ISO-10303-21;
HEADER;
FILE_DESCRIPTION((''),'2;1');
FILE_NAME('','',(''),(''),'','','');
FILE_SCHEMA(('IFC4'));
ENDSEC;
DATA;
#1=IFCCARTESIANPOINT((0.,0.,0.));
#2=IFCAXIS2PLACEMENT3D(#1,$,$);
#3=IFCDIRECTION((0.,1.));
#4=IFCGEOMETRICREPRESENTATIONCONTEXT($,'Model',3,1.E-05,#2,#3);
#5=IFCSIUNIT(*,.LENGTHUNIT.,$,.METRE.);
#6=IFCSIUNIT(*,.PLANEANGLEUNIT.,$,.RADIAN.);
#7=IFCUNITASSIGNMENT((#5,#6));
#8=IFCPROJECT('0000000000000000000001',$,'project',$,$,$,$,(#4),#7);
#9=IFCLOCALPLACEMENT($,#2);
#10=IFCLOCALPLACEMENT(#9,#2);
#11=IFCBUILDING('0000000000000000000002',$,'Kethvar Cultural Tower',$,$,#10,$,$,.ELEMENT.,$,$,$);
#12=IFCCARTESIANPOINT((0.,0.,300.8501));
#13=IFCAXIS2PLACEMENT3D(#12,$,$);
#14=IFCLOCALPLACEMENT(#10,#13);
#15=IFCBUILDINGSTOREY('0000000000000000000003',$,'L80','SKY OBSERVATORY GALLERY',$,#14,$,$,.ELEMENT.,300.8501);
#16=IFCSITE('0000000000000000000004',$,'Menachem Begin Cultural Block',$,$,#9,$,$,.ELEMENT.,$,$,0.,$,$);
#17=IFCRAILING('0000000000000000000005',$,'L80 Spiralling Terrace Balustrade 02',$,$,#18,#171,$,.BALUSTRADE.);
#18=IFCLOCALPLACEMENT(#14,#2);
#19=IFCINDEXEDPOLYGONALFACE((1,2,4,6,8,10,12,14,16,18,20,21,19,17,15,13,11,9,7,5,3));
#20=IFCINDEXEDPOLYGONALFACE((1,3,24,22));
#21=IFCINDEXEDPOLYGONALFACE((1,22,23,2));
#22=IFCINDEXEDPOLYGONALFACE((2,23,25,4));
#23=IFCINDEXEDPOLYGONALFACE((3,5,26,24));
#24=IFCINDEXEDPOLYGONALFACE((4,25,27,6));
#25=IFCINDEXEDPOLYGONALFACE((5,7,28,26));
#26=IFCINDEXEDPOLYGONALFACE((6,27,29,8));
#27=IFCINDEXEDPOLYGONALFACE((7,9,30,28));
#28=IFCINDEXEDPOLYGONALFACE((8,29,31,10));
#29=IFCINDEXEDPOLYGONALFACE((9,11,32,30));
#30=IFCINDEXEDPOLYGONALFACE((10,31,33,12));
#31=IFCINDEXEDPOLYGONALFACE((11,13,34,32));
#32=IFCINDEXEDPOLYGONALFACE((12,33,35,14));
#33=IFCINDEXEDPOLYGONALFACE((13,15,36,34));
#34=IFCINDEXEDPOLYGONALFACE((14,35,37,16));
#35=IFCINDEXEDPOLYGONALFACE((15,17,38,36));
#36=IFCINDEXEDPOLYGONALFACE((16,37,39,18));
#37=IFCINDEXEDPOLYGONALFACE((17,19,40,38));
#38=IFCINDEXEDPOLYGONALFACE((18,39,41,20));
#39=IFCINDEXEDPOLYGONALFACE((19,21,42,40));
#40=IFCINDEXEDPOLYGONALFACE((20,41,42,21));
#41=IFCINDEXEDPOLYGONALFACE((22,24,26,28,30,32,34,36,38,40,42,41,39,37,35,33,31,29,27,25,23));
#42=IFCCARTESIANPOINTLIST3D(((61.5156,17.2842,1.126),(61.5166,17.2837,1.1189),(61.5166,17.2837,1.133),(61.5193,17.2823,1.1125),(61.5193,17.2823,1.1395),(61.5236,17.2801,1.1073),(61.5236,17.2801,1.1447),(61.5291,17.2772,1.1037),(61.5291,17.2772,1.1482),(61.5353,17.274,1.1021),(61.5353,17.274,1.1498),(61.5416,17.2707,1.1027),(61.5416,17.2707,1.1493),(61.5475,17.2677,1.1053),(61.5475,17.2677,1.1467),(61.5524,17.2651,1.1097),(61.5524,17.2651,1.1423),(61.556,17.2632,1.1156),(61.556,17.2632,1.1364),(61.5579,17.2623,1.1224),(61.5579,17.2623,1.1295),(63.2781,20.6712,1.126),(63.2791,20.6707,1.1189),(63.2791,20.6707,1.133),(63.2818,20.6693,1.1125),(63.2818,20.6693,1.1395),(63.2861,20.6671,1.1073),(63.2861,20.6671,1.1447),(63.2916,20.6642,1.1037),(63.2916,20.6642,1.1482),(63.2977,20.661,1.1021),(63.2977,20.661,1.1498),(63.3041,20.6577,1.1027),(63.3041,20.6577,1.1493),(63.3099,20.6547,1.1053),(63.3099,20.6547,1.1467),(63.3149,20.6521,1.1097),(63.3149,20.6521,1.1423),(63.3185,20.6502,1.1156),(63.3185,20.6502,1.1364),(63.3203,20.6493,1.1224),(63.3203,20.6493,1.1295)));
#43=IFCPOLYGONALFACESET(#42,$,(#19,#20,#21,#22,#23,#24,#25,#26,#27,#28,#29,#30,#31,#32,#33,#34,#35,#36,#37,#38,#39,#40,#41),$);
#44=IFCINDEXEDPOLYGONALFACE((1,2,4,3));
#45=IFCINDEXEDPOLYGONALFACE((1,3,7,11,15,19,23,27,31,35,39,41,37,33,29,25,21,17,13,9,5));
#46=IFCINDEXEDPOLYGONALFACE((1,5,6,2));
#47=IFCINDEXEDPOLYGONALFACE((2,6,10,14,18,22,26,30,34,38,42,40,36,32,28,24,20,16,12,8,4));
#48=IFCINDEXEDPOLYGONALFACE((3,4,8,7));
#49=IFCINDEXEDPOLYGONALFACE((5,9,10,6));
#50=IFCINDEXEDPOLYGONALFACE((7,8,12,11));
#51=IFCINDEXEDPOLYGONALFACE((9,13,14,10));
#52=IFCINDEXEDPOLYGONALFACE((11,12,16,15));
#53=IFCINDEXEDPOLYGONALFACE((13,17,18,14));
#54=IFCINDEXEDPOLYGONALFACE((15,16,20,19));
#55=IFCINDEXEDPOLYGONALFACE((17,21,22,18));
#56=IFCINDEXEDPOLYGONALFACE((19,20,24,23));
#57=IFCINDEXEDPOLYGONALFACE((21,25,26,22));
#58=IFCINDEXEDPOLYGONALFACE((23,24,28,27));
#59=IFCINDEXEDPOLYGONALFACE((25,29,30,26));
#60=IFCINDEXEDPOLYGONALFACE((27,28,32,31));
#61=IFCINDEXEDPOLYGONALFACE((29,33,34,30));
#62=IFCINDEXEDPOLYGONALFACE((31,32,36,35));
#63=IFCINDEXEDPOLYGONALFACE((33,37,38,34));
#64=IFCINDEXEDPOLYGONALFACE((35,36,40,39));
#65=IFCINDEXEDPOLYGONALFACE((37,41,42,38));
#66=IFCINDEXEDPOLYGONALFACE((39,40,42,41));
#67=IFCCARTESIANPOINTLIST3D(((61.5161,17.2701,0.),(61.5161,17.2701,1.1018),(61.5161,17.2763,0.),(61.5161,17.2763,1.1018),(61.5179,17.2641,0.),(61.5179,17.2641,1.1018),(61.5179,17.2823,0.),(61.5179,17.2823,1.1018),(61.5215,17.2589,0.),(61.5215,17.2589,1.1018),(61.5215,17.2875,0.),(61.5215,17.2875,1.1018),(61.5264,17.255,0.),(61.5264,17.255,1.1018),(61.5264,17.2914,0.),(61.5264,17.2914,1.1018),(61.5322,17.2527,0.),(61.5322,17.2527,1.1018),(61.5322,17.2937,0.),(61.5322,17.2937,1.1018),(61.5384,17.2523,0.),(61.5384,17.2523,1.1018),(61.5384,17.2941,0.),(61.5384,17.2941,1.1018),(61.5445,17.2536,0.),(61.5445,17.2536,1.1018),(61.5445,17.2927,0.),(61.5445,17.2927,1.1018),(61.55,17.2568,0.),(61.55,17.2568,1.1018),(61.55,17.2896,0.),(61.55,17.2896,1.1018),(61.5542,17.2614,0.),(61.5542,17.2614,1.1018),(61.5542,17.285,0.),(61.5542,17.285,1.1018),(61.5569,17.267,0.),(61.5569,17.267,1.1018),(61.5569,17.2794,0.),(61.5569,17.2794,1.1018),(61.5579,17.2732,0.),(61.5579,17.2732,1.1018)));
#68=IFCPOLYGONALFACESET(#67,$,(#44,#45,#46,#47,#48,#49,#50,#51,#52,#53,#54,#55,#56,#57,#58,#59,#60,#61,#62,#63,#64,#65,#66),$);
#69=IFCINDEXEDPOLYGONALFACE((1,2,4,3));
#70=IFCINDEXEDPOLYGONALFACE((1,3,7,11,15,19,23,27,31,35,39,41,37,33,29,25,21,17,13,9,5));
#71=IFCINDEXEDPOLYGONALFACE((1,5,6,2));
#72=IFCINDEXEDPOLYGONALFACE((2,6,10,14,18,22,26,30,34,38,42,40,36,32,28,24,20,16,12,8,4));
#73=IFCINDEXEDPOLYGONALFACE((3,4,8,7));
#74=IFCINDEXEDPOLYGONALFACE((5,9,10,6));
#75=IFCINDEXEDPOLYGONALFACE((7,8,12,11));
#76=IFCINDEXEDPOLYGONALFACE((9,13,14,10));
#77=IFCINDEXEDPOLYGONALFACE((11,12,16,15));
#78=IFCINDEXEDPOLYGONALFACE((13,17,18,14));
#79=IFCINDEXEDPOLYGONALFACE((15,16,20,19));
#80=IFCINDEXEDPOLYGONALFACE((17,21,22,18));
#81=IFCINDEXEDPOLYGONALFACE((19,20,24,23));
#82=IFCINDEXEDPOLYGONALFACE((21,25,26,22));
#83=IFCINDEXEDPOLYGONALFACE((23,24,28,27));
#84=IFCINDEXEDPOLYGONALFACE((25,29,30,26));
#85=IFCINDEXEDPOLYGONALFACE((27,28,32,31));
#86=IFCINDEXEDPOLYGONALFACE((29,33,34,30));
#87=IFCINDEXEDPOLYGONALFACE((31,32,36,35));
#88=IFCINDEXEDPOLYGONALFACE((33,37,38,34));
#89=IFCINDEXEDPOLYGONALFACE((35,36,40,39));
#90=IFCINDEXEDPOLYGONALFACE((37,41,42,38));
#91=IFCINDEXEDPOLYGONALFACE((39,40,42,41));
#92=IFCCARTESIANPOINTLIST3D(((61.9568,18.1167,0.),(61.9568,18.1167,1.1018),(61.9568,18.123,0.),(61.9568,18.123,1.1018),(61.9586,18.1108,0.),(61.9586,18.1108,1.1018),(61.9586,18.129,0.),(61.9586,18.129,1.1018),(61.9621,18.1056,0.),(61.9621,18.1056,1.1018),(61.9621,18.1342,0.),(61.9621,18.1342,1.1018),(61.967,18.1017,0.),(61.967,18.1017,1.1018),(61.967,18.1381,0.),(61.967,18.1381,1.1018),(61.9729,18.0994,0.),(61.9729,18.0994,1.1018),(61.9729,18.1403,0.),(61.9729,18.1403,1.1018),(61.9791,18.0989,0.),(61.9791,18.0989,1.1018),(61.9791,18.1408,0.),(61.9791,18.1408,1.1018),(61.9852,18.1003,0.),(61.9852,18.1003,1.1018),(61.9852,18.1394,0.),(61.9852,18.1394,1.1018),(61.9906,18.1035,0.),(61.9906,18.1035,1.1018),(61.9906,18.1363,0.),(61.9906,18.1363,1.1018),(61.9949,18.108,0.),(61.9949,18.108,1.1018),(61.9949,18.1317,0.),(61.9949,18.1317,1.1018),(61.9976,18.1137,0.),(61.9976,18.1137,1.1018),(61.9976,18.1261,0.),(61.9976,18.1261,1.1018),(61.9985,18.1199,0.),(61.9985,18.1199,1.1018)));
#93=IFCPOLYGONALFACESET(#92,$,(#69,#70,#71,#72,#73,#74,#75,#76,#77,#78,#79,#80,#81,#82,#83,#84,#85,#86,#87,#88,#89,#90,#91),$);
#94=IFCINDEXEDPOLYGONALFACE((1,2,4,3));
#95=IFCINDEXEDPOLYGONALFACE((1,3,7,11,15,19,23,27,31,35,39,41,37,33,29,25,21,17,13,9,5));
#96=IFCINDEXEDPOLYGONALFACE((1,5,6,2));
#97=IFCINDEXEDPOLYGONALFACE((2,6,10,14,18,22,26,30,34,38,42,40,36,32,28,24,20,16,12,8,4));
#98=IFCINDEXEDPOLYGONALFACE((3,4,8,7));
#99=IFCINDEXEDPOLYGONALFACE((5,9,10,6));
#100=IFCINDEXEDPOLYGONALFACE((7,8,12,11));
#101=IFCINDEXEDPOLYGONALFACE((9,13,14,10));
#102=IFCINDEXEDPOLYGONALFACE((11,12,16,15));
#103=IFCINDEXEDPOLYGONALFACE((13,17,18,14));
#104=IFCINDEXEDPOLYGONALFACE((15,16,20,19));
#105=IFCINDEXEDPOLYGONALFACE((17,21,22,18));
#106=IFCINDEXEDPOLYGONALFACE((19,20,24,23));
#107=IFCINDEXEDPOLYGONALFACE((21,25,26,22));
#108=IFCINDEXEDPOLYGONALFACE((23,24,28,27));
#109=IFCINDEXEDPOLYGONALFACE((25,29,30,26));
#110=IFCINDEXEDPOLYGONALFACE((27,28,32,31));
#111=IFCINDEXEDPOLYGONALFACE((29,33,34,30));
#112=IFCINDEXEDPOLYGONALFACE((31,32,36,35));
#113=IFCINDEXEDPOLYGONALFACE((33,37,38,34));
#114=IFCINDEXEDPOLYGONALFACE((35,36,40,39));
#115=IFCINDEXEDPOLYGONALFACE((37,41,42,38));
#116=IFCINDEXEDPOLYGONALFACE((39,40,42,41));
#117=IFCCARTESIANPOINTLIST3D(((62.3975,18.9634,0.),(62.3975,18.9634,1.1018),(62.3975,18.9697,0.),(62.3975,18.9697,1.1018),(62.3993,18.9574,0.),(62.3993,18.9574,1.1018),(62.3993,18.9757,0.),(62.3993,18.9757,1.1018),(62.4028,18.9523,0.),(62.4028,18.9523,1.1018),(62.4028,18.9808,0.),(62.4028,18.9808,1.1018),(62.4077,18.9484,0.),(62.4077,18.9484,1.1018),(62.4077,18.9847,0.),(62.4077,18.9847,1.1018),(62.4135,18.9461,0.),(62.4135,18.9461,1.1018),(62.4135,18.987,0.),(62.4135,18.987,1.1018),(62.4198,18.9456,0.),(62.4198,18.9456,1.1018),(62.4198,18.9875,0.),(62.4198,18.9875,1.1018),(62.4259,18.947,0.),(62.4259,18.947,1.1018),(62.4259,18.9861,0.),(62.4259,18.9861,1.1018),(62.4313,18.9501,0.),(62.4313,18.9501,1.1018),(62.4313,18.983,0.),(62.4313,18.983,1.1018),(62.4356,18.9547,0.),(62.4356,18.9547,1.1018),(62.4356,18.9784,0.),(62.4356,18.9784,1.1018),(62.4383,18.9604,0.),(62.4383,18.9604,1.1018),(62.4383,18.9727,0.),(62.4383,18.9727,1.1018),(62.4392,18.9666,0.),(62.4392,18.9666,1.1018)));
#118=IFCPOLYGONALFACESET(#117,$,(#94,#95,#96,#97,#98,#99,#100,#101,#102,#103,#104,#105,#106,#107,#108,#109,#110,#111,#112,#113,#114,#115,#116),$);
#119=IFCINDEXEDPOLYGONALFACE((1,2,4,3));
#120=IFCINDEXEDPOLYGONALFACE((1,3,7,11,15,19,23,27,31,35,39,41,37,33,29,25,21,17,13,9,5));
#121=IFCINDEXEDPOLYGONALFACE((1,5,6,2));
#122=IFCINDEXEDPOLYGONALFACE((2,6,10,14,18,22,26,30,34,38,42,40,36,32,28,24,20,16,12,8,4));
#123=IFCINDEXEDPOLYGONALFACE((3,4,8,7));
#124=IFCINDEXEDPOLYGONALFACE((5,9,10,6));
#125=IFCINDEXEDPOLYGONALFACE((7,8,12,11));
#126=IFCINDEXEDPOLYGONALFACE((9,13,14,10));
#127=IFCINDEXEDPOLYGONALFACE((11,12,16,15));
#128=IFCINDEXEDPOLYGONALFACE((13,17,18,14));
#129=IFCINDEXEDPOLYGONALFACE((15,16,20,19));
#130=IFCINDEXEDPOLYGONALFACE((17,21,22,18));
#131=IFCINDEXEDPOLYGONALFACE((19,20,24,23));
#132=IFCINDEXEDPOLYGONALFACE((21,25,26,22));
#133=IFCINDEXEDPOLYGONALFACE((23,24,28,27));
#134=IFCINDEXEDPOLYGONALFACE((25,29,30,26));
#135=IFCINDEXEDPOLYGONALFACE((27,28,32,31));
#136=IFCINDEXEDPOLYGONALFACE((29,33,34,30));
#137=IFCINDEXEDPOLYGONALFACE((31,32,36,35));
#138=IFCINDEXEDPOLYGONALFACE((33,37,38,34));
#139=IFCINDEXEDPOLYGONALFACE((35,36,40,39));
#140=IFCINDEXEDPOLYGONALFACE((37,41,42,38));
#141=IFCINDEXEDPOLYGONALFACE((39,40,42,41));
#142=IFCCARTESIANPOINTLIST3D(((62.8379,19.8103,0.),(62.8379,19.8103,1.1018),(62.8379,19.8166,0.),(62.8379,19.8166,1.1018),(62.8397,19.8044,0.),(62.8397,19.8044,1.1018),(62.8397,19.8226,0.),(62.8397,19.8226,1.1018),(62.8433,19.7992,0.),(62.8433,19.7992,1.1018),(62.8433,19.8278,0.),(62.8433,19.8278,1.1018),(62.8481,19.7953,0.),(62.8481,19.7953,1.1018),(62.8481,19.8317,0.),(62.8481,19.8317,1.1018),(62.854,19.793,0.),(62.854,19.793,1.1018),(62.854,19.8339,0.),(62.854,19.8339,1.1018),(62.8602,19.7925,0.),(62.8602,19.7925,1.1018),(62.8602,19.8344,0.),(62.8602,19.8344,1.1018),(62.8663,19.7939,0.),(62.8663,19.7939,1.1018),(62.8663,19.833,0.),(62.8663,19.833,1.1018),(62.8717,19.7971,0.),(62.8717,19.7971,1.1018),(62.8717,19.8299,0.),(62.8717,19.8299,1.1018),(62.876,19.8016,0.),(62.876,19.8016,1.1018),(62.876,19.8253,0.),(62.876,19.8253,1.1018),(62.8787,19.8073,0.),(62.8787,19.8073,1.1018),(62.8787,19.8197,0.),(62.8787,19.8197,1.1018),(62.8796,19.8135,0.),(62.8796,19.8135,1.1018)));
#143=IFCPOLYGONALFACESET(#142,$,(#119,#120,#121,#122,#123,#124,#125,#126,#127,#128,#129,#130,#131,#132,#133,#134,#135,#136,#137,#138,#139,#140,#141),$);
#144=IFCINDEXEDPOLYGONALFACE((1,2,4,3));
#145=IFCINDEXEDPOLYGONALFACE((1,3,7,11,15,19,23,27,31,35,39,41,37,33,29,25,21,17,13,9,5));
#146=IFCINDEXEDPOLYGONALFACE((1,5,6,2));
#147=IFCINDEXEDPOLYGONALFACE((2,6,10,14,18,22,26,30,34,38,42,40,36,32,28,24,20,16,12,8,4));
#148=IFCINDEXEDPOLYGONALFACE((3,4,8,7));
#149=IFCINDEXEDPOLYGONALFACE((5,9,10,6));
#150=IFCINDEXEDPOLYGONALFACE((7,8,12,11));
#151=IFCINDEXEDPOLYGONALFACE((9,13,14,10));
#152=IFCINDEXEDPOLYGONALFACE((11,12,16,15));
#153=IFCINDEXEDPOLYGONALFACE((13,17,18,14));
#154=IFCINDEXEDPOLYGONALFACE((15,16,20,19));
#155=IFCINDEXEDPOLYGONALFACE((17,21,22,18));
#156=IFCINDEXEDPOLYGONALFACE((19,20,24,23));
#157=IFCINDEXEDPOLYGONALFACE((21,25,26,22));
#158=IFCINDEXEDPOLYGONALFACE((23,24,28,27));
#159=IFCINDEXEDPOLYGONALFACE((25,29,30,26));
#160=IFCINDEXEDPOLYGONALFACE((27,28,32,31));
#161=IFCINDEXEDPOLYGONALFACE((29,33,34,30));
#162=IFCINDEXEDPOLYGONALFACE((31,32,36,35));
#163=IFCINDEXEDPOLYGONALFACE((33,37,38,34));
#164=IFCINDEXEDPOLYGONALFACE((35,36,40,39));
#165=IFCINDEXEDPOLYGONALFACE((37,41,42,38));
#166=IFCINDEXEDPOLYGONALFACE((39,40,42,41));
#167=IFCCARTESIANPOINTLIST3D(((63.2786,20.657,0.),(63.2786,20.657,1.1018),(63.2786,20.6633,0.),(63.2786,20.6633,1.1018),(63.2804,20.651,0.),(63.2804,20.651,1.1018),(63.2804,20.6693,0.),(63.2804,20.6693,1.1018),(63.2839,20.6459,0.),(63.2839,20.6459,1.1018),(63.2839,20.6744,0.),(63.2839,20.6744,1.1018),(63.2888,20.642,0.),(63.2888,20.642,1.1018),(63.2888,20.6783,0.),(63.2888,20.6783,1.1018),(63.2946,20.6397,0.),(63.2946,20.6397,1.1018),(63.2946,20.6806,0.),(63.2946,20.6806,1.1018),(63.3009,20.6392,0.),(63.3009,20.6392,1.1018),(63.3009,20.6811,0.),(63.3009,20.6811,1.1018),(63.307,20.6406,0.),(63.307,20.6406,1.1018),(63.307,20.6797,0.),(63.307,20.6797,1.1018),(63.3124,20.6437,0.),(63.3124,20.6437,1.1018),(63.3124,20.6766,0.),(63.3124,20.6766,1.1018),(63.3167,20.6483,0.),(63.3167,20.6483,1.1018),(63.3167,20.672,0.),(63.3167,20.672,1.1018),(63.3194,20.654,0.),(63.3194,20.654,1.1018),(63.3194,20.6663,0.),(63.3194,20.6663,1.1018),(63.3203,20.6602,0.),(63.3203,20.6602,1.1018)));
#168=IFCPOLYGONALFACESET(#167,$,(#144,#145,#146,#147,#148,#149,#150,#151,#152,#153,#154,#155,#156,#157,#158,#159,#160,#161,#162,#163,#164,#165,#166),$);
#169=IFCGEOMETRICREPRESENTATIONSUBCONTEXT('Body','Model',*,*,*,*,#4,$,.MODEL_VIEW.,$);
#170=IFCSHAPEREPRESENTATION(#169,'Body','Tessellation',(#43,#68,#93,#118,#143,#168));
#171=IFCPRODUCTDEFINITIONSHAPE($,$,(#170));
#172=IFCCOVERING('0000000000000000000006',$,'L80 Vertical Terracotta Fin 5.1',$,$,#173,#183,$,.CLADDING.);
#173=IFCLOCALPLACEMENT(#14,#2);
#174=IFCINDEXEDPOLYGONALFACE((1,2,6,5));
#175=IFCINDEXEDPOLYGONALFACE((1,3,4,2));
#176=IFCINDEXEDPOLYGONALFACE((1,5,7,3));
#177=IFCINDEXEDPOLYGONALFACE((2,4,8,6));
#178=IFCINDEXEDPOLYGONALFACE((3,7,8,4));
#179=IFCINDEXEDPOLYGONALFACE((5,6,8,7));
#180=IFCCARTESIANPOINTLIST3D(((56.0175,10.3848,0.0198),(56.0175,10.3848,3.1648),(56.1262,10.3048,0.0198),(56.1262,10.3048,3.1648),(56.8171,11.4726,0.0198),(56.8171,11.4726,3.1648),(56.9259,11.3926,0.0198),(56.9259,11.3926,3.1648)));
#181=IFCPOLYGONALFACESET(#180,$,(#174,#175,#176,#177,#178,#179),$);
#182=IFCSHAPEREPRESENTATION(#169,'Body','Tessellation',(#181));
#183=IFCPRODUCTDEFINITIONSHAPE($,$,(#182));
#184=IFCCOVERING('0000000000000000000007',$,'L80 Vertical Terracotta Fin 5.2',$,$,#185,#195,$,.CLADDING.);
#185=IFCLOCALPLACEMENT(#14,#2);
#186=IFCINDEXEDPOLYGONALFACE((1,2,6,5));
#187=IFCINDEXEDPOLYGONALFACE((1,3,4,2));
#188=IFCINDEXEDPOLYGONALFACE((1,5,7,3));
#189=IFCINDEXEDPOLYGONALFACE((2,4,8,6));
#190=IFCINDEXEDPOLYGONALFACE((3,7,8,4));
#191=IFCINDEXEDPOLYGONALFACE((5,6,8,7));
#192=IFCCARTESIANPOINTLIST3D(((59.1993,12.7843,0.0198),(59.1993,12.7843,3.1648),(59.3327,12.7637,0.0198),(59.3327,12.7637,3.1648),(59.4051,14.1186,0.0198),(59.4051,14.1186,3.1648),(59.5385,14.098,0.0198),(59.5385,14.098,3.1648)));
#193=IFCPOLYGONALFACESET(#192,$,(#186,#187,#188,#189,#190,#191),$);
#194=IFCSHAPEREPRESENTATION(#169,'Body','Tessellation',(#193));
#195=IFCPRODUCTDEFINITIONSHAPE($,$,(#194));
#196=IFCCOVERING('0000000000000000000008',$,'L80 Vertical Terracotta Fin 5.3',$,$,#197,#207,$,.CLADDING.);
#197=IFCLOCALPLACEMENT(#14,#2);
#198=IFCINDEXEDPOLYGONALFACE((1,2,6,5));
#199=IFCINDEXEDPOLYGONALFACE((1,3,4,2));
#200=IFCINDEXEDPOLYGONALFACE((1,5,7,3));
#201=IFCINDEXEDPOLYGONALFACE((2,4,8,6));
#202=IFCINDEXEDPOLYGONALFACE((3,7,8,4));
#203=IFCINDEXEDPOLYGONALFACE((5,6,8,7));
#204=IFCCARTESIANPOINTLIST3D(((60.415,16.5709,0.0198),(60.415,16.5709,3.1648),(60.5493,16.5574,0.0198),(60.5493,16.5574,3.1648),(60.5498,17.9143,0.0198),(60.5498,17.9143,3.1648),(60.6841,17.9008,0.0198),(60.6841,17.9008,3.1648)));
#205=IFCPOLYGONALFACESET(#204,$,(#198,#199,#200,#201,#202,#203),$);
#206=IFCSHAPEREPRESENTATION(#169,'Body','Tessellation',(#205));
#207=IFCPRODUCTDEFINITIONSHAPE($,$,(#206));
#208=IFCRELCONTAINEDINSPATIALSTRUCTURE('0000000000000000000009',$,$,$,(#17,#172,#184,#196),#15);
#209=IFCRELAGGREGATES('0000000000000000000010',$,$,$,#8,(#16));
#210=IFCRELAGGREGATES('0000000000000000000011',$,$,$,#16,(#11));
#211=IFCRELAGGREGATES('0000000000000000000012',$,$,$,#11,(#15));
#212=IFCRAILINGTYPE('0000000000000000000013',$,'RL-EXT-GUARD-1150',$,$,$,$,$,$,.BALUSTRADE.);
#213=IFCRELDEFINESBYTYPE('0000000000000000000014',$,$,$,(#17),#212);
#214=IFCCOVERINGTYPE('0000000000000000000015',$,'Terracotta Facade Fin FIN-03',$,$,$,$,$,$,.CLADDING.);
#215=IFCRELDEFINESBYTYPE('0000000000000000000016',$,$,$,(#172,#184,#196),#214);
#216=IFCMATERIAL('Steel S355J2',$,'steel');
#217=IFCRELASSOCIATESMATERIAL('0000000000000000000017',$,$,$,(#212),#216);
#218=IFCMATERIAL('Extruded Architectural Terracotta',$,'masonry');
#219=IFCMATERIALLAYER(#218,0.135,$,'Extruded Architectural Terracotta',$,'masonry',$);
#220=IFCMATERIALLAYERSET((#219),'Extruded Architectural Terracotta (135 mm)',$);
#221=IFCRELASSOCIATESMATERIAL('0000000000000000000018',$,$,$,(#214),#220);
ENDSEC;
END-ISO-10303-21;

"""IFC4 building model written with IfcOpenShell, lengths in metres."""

from ifc_helpers import new_model, si_unit, direction, frame, origin, origin_2d, place, context, subcontext, project, spatial, rectangle, circle, extrude, source, transform, mapped, material, layer, layer_set, type_object, element, save


model = new_model("IFC4")

# Units and contexts
model_context = context("Model", 3, precision=1e-05, world=origin(), true_north=direction((0.0, 1.0)))
body_context = subcontext(model_context, "Body", "Model", "MODEL_VIEW")
ifc_project = project(units=[si_unit("LENGTHUNIT", "METRE"), si_unit("PLANEANGLEUNIT", "RADIAN")], contexts=[model_context])

# Site, building, storey
site_placement = place(None, origin())
site = spatial("IfcSite", under=ifc_project, at=site_placement, Name="Menachem Begin Cultural Block", CompositionType="ELEMENT", RefElevation=0.0)
building_placement = place(site_placement, origin())
building = spatial("IfcBuilding", under=site, at=building_placement, Name="Kethvar Cultural Tower", CompositionType="ELEMENT")
storey_placement = place(building_placement, frame((0.0, 0.0, 300.8501)))
storey = spatial("IfcBuildingStorey", under=building, at=storey_placement, Name="L80", Description="SKY OBSERVATORY GALLERY", CompositionType="ELEMENT", Elevation=300.8501)

# Shared definitions
ifc_material_1 = material(Name="Steel S355J2", Category="steel")

# Railing
railing_type = type_object("IfcRailingType", Name="RL-EXT-GUARD-1150", PredefinedType="BALUSTRADE", material=ifc_material_1)
railing_1_placement = place(storey_placement, frame((61.5369, 17.2732, 0.0)))
element("IfcRailing", 1, at=railing_1_placement, inside=storey, type_object=railing_type, Name="L80 Spiralling Terrace Balustrade 02", PredefinedType="BALUSTRADE", context=body_context, shape_type="SweptSolid", body=[
    extrude(circle(Radius=0.0239, at=origin_2d()), frame((0.0, 0.0, 1.126), z_axis=(0.461606, 0.887085, 0.0), x_axis=(-0.887085, 0.461606, 0.0)), (0.0, 0.0, 1.0), 3.8181),
    extrude(circle(Radius=0.021, at=origin_2d()), origin(), (0.0, 0.0, 1.0), 1.1018),
    extrude(circle(Radius=0.021, at=origin_2d()), frame((0.4407, 0.8467, 0.0)), (0.0, 0.0, 1.0), 1.1018),
    extrude(circle(Radius=0.021, at=origin_2d()), frame((0.8813, 1.6934, 0.0)), (0.0, 0.0, 1.0), 1.1018),
    extrude(circle(Radius=0.021, at=origin_2d()), frame((1.3218, 2.5403, 0.0)), (0.0, 0.0, 1.0), 1.1018),
    extrude(circle(Radius=0.021, at=origin_2d()), frame((1.7625, 3.387, 0.0)), (0.0, 0.0, 1.0), 1.1018),
])

# Coverings
ifc_material_2 = material(Name="Extruded Architectural Terracotta", Category="masonry")
ifc_layer_1 = layer(ifc_material_2, 0.135, Name="Extruded Architectural Terracotta", Category="masonry")
ifc_layer_set_1 = layer_set([ifc_layer_1], Name="Extruded Architectural Terracotta (135 mm)")
covering_type = type_object("IfcCoveringType", Name="Terracotta Facade Fin FIN-03", PredefinedType="CLADDING", material=ifc_layer_set_1)
shared_shape_1 = source(origin(), body_context, "Body", "SweptSolid", [
    extrude(rectangle(XDim=1.3501, YDim=0.135, at=origin_2d()), origin(), (0.0, 0.0, 1.0), 3.145),
])
for number, where, z_axis, x_axis, name in (
    (2, (56.4717, 10.8887, 0.0198), (0.0, 0.0, 1.0), (-0.592294, -0.805722, 0.0), "L80 Vertical Terracotta Fin 5.1"),
    (3, (59.3689, 13.4412, 0.0198), (0.0, 0.0, 1.0), (-0.152468, -0.988308, 0.0), "L80 Vertical Terracotta Fin 5.2"),
    (4, (60.5496, 17.2358, 0.0198), (0.0, 0.0, 1.0), (-0.099841, -0.995003, 0.0), "L80 Vertical Terracotta Fin 5.3"),
):
    element("IfcCovering", number, at=place(storey_placement, frame(where, z_axis=z_axis, x_axis=x_axis)), inside=storey, type_object=covering_type, Name=name, PredefinedType="CLADDING", context=body_context, shape_type="MappedRepresentation", body=[
        mapped(shared_shape_1, transform((0.0, 0.0, 0.0), scale=1.0)),
    ])

save(model, "model.ifc")
